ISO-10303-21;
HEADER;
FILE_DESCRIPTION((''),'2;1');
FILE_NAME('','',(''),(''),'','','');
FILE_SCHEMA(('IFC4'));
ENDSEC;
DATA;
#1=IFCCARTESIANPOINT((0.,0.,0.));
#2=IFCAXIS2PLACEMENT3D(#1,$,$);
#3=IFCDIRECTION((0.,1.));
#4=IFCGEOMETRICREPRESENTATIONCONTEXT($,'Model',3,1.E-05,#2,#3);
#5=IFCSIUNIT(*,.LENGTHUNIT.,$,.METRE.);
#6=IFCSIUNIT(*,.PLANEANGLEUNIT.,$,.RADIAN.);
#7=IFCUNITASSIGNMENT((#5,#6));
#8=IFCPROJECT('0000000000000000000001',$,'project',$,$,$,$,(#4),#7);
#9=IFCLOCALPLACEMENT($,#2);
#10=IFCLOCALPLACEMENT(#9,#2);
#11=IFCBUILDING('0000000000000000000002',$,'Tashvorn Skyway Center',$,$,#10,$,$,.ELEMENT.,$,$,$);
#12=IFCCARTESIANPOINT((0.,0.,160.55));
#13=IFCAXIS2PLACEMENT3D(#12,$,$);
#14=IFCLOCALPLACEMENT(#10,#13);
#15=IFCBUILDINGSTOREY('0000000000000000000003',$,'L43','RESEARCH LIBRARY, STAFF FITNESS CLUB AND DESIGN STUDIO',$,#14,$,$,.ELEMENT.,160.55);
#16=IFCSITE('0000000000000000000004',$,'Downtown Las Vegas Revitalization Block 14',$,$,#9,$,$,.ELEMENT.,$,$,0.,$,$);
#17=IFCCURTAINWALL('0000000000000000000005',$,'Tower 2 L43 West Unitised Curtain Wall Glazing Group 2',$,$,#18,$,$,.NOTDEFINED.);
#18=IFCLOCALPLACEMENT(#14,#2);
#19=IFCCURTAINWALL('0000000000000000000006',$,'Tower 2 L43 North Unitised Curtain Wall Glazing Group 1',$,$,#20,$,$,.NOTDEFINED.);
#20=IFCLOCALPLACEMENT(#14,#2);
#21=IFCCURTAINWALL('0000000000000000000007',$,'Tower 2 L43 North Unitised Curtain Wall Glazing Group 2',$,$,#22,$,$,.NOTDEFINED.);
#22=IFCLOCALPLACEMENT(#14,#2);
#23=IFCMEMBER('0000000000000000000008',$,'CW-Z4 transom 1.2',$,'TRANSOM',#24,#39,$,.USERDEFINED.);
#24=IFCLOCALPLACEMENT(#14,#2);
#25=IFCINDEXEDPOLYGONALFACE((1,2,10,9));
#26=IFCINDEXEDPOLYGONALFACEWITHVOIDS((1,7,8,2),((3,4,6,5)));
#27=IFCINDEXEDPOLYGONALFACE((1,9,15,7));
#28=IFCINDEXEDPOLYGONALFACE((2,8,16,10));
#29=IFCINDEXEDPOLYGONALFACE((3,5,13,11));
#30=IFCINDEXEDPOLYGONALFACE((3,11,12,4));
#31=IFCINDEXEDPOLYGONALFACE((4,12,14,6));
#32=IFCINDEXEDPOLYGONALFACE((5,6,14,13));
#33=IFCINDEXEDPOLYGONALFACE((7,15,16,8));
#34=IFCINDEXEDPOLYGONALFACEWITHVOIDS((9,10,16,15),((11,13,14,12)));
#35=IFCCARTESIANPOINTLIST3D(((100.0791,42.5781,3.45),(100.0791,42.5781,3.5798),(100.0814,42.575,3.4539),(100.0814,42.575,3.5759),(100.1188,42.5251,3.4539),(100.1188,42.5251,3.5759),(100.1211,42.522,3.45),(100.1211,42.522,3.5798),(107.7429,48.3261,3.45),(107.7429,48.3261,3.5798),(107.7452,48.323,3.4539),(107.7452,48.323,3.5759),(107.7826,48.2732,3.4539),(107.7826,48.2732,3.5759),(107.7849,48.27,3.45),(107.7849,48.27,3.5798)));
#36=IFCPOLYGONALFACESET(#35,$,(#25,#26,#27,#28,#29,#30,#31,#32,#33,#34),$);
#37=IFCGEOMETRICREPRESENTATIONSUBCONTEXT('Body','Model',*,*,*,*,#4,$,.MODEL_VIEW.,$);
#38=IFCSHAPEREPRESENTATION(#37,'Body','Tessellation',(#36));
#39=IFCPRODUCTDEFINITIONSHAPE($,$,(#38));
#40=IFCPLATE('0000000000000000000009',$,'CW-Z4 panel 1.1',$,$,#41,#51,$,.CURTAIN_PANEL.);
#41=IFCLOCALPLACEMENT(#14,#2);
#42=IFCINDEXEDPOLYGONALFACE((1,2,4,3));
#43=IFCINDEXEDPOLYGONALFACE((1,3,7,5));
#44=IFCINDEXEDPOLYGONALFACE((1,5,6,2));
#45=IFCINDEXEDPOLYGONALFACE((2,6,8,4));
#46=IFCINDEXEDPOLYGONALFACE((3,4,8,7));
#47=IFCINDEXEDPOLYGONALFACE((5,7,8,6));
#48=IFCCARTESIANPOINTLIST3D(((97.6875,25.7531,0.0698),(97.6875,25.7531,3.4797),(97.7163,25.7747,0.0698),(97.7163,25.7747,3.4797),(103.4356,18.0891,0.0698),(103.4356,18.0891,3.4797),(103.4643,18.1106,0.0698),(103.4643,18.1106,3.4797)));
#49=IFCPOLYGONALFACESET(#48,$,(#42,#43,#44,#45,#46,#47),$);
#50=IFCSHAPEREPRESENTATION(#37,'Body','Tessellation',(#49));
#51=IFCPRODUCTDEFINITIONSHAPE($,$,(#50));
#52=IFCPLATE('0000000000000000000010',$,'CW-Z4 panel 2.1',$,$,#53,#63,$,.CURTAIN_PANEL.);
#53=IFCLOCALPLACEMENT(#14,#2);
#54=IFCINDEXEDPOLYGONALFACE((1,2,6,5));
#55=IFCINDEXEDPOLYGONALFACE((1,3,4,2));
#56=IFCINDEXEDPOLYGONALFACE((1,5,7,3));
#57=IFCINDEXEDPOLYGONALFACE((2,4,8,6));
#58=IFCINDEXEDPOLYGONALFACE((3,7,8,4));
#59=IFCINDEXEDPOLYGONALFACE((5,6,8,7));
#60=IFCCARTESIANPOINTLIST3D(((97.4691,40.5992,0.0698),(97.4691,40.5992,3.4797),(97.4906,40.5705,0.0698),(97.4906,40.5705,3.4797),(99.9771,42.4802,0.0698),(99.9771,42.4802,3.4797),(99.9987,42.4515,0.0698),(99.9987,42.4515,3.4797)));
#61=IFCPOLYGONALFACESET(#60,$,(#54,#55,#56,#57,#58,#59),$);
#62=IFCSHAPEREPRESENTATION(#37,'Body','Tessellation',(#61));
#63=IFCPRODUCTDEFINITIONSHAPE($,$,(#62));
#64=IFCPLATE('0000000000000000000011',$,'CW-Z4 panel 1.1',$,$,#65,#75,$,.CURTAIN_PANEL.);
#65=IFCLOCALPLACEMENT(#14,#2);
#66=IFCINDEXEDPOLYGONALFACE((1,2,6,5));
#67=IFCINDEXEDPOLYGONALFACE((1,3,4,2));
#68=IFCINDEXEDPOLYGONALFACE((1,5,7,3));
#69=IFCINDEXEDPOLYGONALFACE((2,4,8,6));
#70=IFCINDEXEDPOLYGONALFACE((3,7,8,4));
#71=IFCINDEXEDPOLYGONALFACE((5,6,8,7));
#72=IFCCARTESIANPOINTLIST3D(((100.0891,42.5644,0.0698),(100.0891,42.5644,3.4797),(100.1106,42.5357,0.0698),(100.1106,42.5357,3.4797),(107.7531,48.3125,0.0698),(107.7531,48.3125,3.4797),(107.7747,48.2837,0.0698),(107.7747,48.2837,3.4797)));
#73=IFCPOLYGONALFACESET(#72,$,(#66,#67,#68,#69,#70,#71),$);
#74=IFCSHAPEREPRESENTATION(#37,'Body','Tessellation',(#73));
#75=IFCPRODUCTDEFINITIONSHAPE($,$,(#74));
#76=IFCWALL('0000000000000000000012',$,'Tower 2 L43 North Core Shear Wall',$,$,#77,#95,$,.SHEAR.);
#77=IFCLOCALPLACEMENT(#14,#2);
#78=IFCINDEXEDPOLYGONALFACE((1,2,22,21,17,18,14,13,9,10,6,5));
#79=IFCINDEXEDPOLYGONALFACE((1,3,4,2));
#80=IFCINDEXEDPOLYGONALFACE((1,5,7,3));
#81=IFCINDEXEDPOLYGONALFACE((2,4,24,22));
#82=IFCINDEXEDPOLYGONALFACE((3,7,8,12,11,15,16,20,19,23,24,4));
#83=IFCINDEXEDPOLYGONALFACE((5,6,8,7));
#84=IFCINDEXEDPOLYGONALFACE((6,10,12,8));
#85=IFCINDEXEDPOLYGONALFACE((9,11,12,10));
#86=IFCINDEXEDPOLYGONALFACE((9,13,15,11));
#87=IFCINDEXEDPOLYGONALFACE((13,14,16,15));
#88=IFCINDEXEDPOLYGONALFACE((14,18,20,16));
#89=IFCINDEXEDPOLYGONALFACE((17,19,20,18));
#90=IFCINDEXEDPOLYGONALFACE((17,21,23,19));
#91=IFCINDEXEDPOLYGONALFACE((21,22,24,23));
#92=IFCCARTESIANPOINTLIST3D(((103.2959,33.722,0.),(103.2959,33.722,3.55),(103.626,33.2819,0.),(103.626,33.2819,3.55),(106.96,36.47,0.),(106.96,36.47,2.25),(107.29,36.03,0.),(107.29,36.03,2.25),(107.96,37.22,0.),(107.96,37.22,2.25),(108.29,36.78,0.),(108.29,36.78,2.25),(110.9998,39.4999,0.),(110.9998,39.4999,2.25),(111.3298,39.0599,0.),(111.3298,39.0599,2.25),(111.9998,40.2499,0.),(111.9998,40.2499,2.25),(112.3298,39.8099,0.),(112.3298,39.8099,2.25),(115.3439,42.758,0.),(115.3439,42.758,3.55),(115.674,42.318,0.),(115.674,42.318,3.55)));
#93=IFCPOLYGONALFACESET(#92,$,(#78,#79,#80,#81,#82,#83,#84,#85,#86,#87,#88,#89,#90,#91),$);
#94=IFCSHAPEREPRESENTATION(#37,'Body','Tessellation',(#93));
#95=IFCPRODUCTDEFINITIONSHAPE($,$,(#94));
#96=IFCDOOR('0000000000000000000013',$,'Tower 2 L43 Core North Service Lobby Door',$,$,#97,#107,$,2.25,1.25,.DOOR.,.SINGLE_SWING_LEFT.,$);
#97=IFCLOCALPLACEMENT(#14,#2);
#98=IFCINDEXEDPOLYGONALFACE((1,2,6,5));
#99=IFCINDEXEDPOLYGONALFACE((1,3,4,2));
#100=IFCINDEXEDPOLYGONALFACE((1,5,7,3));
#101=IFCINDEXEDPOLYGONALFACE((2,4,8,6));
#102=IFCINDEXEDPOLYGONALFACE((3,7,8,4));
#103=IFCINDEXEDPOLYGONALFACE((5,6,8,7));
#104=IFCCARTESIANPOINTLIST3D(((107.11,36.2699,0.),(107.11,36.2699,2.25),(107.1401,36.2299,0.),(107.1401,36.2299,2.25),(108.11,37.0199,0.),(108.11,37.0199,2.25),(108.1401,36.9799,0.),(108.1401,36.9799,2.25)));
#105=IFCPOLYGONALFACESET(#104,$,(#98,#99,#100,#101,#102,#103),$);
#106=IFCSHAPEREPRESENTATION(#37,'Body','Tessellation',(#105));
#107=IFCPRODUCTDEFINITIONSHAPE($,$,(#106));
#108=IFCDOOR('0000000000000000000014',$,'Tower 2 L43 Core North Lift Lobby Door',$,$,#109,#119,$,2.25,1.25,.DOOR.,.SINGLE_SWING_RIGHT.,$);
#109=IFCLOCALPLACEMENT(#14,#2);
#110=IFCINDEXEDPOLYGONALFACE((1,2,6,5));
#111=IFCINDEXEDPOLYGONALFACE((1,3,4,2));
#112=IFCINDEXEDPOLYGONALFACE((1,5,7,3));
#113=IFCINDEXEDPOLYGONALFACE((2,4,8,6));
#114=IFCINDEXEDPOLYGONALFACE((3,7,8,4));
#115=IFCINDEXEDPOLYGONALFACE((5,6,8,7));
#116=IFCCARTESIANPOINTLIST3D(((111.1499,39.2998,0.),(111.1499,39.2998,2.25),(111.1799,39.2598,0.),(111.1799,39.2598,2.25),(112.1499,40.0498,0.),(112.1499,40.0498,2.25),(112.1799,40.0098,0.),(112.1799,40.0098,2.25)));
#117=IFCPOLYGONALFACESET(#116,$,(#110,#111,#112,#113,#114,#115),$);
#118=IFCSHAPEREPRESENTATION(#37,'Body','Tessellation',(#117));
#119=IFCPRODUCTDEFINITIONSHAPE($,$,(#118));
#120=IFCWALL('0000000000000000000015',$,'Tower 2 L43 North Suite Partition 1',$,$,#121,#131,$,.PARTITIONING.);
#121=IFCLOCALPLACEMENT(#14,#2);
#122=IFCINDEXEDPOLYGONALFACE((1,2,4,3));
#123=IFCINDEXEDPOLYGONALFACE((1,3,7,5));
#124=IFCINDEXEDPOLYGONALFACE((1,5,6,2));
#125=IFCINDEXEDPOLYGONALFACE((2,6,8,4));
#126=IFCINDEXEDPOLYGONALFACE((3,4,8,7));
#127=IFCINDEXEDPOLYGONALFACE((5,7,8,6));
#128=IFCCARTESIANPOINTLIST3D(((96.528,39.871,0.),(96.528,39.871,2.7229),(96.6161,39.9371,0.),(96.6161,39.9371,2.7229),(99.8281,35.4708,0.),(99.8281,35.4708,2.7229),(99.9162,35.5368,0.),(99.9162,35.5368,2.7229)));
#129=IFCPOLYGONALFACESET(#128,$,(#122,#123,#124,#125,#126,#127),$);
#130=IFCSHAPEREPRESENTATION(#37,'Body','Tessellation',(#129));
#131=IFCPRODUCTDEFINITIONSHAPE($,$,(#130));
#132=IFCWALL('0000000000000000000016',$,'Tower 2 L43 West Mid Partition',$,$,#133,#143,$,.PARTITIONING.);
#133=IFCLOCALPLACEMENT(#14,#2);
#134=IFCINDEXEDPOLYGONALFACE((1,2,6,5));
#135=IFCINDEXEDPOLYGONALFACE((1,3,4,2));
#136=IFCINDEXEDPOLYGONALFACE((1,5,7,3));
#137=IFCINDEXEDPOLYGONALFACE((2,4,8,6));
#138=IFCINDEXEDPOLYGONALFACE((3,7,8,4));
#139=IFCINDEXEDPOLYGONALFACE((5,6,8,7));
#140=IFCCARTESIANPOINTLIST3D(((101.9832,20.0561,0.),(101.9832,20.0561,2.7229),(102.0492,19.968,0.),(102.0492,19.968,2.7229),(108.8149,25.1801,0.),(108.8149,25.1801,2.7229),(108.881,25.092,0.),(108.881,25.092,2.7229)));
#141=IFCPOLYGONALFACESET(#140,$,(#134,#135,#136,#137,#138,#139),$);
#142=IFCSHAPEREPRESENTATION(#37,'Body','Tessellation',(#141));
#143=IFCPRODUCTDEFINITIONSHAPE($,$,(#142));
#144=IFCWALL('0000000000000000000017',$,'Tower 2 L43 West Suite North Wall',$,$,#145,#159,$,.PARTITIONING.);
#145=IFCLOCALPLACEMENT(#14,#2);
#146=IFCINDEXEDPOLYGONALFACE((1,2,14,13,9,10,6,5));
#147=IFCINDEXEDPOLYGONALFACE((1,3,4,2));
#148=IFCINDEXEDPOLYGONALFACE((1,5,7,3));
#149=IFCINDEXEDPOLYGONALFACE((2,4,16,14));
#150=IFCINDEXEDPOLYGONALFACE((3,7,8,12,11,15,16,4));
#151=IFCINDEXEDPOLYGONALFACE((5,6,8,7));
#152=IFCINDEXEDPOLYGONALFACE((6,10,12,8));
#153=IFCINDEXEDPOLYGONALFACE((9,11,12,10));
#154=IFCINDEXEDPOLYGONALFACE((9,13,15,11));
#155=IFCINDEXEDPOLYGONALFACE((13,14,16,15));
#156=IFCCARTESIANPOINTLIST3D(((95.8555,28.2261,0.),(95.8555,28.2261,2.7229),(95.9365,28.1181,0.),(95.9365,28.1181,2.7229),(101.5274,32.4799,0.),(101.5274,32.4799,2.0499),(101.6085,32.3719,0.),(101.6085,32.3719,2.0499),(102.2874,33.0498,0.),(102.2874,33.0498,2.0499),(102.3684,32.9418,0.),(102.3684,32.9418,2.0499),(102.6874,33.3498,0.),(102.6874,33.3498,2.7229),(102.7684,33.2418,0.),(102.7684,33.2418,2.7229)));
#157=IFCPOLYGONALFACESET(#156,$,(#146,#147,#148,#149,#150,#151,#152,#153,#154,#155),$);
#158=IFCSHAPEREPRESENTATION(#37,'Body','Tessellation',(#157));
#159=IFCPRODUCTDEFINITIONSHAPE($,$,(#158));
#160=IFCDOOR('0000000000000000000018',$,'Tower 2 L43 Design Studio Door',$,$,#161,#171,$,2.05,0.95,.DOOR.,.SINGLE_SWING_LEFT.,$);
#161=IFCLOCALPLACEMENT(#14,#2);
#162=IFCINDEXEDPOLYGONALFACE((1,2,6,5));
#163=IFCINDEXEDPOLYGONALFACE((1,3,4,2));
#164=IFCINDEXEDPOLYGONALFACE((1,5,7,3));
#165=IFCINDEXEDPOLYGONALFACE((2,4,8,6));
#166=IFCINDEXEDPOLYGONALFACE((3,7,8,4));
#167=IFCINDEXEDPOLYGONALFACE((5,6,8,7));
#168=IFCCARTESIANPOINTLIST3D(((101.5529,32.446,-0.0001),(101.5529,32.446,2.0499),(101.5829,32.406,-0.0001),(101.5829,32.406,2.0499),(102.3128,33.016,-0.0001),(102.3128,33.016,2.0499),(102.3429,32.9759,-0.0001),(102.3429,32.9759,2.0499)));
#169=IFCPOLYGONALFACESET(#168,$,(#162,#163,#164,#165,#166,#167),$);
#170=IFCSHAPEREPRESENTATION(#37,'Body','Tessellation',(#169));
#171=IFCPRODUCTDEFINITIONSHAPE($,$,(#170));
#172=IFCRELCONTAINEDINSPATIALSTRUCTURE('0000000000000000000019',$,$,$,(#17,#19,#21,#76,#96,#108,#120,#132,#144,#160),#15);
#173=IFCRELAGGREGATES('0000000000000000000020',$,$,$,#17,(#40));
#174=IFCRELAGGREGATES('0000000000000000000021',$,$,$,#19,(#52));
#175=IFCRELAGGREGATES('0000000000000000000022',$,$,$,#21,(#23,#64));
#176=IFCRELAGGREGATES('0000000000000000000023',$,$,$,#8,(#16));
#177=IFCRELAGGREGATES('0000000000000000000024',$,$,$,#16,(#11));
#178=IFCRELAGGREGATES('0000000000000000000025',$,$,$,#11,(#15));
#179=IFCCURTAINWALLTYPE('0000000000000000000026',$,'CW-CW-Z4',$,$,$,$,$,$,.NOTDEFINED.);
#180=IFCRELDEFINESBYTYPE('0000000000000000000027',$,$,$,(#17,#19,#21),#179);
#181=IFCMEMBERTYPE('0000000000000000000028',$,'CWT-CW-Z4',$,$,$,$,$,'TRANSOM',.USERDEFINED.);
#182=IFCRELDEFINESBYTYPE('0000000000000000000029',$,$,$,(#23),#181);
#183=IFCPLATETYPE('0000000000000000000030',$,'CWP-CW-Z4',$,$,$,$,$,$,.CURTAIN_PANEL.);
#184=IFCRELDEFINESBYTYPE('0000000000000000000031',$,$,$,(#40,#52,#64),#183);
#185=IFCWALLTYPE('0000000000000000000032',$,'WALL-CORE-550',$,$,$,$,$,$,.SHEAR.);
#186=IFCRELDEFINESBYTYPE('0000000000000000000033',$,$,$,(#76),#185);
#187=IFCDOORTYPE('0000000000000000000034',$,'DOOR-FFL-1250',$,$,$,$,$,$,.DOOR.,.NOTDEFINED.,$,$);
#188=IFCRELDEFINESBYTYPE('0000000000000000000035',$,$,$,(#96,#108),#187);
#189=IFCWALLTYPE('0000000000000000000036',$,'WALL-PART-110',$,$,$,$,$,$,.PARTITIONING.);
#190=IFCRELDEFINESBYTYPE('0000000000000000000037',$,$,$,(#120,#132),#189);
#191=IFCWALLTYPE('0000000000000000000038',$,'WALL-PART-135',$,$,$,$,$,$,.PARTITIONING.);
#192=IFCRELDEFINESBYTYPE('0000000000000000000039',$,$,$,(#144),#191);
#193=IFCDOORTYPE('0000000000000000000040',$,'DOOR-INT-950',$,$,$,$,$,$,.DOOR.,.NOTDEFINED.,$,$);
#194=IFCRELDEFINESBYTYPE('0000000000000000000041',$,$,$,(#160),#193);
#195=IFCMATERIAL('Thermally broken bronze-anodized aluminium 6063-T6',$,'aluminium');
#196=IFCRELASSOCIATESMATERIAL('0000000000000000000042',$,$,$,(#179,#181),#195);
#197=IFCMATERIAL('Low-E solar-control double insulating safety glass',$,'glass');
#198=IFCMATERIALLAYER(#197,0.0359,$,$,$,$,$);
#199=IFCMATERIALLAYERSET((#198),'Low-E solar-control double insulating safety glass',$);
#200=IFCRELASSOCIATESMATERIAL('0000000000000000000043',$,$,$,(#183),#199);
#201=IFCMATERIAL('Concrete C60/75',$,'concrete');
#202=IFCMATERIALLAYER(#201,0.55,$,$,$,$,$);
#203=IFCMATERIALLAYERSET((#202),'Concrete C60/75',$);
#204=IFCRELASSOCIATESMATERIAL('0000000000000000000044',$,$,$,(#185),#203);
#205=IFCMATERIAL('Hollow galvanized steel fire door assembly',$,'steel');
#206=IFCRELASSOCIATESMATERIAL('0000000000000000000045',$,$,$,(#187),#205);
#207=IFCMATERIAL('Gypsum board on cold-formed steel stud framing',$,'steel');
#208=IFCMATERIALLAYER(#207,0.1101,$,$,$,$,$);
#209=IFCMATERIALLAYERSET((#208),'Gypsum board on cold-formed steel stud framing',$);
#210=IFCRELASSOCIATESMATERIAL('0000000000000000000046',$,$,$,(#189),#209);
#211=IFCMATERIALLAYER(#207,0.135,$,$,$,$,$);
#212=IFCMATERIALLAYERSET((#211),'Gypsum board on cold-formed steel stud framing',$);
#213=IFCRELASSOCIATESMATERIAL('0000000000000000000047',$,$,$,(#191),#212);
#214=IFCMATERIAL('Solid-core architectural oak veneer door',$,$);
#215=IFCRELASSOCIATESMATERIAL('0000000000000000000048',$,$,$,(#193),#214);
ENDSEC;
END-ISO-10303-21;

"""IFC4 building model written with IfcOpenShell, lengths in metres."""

from ifc_helpers import new_model, si_unit, direction, frame, frame_2d, origin, origin_2d, place, context, subcontext, project, spatial, rectangle, hollow_rectangle, extrude, material, layer, layer_set, material_profile, profile_set, type_object, element, fill, aggregate, save


model = new_model("IFC4")

# Units and contexts
model_context = context("Model", 3, precision=1e-05, world=origin(), true_north=direction((0.0, 1.0)))
body_context = subcontext(model_context, "Body", "Model", "MODEL_VIEW")
ifc_project = project(units=[si_unit("LENGTHUNIT", "METRE"), si_unit("PLANEANGLEUNIT", "RADIAN")], contexts=[model_context])

# Site, building, storey
site_placement = place(None, origin())
site = spatial("IfcSite", under=ifc_project, at=site_placement, Name="Downtown Las Vegas Revitalization Block 14", CompositionType="ELEMENT", RefElevation=0.0)
building_placement = place(site_placement, origin())
building = spatial("IfcBuilding", under=site, at=building_placement, Name="Tashvorn Skyway Center", CompositionType="ELEMENT")
storey_placement = place(building_placement, frame((0.0, 0.0, 160.55)))
storey = spatial("IfcBuildingStorey", under=building, at=storey_placement, Name="L43", Description="RESEARCH LIBRARY, STAFF FITNESS CLUB AND DESIGN STUDIO", CompositionType="ELEMENT", Elevation=160.55)

# Shared definitions
ifc_material_1 = material(Name="Thermally broken bronze-anodized aluminium 6063-T6", Category="aluminium")
curtain_wall_type = type_object("IfcCurtainWallType", Name="CW-CW-Z4", PredefinedType="NOTDEFINED", material=ifc_material_1)

# Curtain wall
curtain_wall_1_placement = place(storey_placement, origin())
curtain_wall_1 = element("IfcCurtainWall", 1, at=curtain_wall_1_placement, inside=storey, type_object=curtain_wall_type, Name="Tower 2 L43 West Unitised Curtain Wall Glazing Group 2", PredefinedType="NOTDEFINED")

# Curtain wall
curtain_wall_2_placement = place(storey_placement, origin())
curtain_wall_2 = element("IfcCurtainWall", 2, at=curtain_wall_2_placement, inside=storey, type_object=curtain_wall_type, Name="Tower 2 L43 North Unitised Curtain Wall Glazing Group 1", PredefinedType="NOTDEFINED")

# Curtain wall
curtain_wall_3_placement = place(storey_placement, origin())
curtain_wall_3 = element("IfcCurtainWall", 3, at=curtain_wall_3_placement, inside=storey, type_object=curtain_wall_type, Name="Tower 2 L43 North Unitised Curtain Wall Glazing Group 2", PredefinedType="NOTDEFINED")

# Member
ifc_material_profile_1 = material_profile(ifc_material_1, hollow_rectangle(XDim=0.0701, YDim=0.1299, WallThickness=0.0039, at=origin_2d()), Name="ALU-TRAN-70x130")
ifc_profile_set_1 = profile_set([ifc_material_profile_1], Name="Thermally broken bronze-anodized aluminium 6063-T6")
member_type_1 = type_object("IfcMemberType", Name="CWT-CW-Z4", ElementType="TRANSOM", PredefinedType="USERDEFINED", material=ifc_profile_set_1)
member_1_placement = place(storey_placement, frame((100.1001, 42.55, 3.5149), z_axis=(0.799991, 0.600012, 0.0), x_axis=(-0.600012, 0.799991, 0.0)))
member_1 = element("IfcMember", 4, at=member_1_placement, type_object=member_type_1, Name="CW-Z4 transom 1.2", ObjectType="TRANSOM", PredefinedType="USERDEFINED", context=body_context, shape_type="SweptSolid", body=[
    extrude(hollow_rectangle(XDim=0.0701, YDim=0.1299, WallThickness=0.0039, at=origin_2d()), origin(), (0.0, 0.0, 1.0), 9.5798),
])

# Plates
ifc_material_2 = material(Name="Low-E solar-control double insulating safety glass", Category="glass")
ifc_layer_1 = layer(ifc_material_2, 0.0359)
ifc_layer_set_1 = layer_set([ifc_layer_1], Name="Low-E solar-control double insulating safety glass")
plate_type = type_object("IfcPlateType", Name="CWP-CW-Z4", PredefinedType="CURTAIN_PANEL", material=ifc_layer_set_1)
plate_1_placement = place(storey_placement, frame((100.5759, 21.9319, 0.0698), z_axis=(0.0, 0.0, 1.0), x_axis=(-0.6, 0.8, 0.0)))
plate_1 = element("IfcPlate", 5, at=plate_1_placement, type_object=plate_type, Name="CW-Z4 panel 1.1", PredefinedType="CURTAIN_PANEL", context=body_context, shape_type="SweptSolid", body=[
    extrude(rectangle(XDim=9.5801, YDim=0.0359, at=origin_2d()), origin(), (0.0, 0.0, 1.0), 3.4099),
])
aggregate(curtain_wall_1, [plate_1])
plate_2_placement = place(storey_placement, frame((98.7339, 41.5254, 0.0698), z_axis=(0.0, 0.0, 1.0), x_axis=(0.8, 0.6, 0.0)))
plate_2 = element("IfcPlate", 6, at=plate_2_placement, type_object=plate_type, Name="CW-Z4 panel 2.1", PredefinedType="CURTAIN_PANEL", context=body_context, shape_type="SweptSolid", body=[
    extrude(rectangle(XDim=3.135, YDim=0.0359, at=origin_2d()), origin(), (0.0, 0.0, 1.0), 3.4099),
])
aggregate(curtain_wall_2, [plate_2])
plate_3_placement = place(storey_placement, frame((103.9319, 45.4241, 0.0698), z_axis=(0.0, 0.0, 1.0), x_axis=(0.8, 0.6, 0.0)))
plate_3 = element("IfcPlate", 7, at=plate_3_placement, type_object=plate_type, Name="CW-Z4 panel 1.1", PredefinedType="CURTAIN_PANEL", context=body_context, shape_type="SweptSolid", body=[
    extrude(rectangle(XDim=9.5801, YDim=0.0359, at=origin_2d()), origin(), (0.0, 0.0, 1.0), 3.4099),
])
aggregate(curtain_wall_3, [member_1, plate_3])

# Wall, openings, doors
ifc_material_3 = material(Name="Concrete C60/75", Category="concrete")
ifc_layer_2 = layer(ifc_material_3, 0.55)
ifc_layer_set_2 = layer_set([ifc_layer_2], Name="Concrete C60/75")
wall_type_1 = type_object("IfcWallType", Name="WALL-CORE-550", PredefinedType="SHEAR", material=ifc_layer_set_2)
wall_1_placement = place(storey_placement, frame((103.4609, 33.502, 0.0), z_axis=(0.0, 0.0, 1.0), x_axis=(0.799998, 0.600003, 0.0)))
wall_1 = element("IfcWall", 8, at=wall_1_placement, inside=storey, type_object=wall_type_1, Name="Tower 2 L43 North Core Shear Wall", PredefinedType="SHEAR", context=body_context, shape_type="SweptSolid", body=[
    extrude(rectangle(XDim=15.0601, YDim=0.55, at=frame_2d((7.53, 0.0))), origin(), (0.0, 0.0, 1.0), 3.55),
])
opening_1_placement = place(wall_1_placement, frame((4.5801, 0.0, 0.0)))
opening_1 = element("IfcOpeningElement", 9, at=opening_1_placement, cuts=wall_1, PredefinedType="OPENING", context=body_context, shape_type="SweptSolid", body=[
    extrude(rectangle(XDim=1.25, YDim=2.25, at=frame_2d((0.625, 1.125))), frame((0.0, 0.2849, 0.0), z_axis=(0.0, -1.0, 0.0), x_axis=(1.0, 0.0, 0.0)), (0.0, 0.0, 1.0), 0.5701),
])
opening_2_placement = place(wall_1_placement, frame((9.6299, 0.0, 0.0)))
opening_2 = element("IfcOpeningElement", 10, at=opening_2_placement, cuts=wall_1, PredefinedType="OPENING", context=body_context, shape_type="SweptSolid", body=[
    extrude(rectangle(XDim=1.25, YDim=2.25, at=frame_2d((0.625, 1.125))), frame((0.0, 0.2849, 0.0), z_axis=(0.0, -1.0, 0.0), x_axis=(1.0, 0.0, 0.0)), (0.0, 0.0, 1.0), 0.5701),
])
ifc_material_4 = material(Name="Hollow galvanized steel fire door assembly", Category="steel")
door_type_1 = type_object("IfcDoorType", Name="DOOR-FFL-1250", OperationType="NOTDEFINED", PredefinedType="DOOR", material=ifc_material_4)
door_1_placement = place(opening_1_placement, origin())
door_1 = element("IfcDoor", 11, at=door_1_placement, inside=storey, type_object=door_type_1, Name="Tower 2 L43 Core North Service Lobby Door", OperationType="SINGLE_SWING_LEFT", OverallHeight=2.25, OverallWidth=1.25, PredefinedType="DOOR", context=body_context, shape_type="SweptSolid", body=[
    extrude(rectangle(XDim=1.25, YDim=2.25, at=frame_2d((0.625, 1.125))), frame((0.0, 0.0249, 0.0), z_axis=(0.0, -1.0, 0.0), x_axis=(1.0, 0.0, 0.0)), (0.0, 0.0, 1.0), 0.05),
])
fill(opening_1, door_1)
door_2_placement = place(opening_2_placement, origin())
door_2 = element("IfcDoor", 12, at=door_2_placement, inside=storey, type_object=door_type_1, Name="Tower 2 L43 Core North Lift Lobby Door", OperationType="SINGLE_SWING_RIGHT", OverallHeight=2.25, OverallWidth=1.25, PredefinedType="DOOR", context=body_context, shape_type="SweptSolid", body=[
    extrude(rectangle(XDim=1.25, YDim=2.25, at=frame_2d((0.625, 1.125))), frame((0.0, 0.0249, 0.0), z_axis=(0.0, -1.0, 0.0), x_axis=(1.0, 0.0, 0.0)), (0.0, 0.0, 1.0), 0.05),
])
fill(opening_2, door_2)

# Walls
ifc_material_5 = material(Name="Gypsum board on cold-formed steel stud framing", Category="steel")
ifc_layer_3 = layer(ifc_material_5, 0.1101)
ifc_layer_set_3 = layer_set([ifc_layer_3], Name="Gypsum board on cold-formed steel stud framing")
wall_type_2 = type_object("IfcWallType", Name="WALL-PART-110", PredefinedType="PARTITIONING", material=ifc_layer_set_3)
wall_2_placement = place(storey_placement, frame((99.8721, 35.5039, 0.0), z_axis=(0.0, 0.0, 1.0), x_axis=(-0.599993, 0.800005, 0.0)))
element("IfcWall", 13, at=wall_2_placement, inside=storey, type_object=wall_type_2, Name="Tower 2 L43 North Suite Partition 1", PredefinedType="PARTITIONING", context=body_context, shape_type="SweptSolid", body=[
    extrude(rectangle(XDim=5.5002, YDim=0.1101, at=frame_2d((2.75, 0.0))), origin(), (0.0, 0.0, 1.0), 2.7229),
])
wall_3_placement = place(storey_placement, frame((102.0161, 20.012, 0.0), z_axis=(0.0, 0.0, 1.0), x_axis=(0.79999, 0.600014, 0.0)))
element("IfcWall", 14, at=wall_3_placement, inside=storey, type_object=wall_type_2, Name="Tower 2 L43 West Mid Partition", PredefinedType="PARTITIONING", context=body_context, shape_type="SweptSolid", body=[
    extrude(rectangle(XDim=8.5398, YDim=0.1101, at=frame_2d((4.27, 0.0))), origin(), (0.0, 0.0, 1.0), 2.7229),
])

# Wall, opening, door
ifc_layer_4 = layer(ifc_material_5, 0.135)
ifc_layer_set_4 = layer_set([ifc_layer_4], Name="Gypsum board on cold-formed steel stud framing")
wall_type_3 = type_object("IfcWallType", Name="WALL-PART-135", PredefinedType="PARTITIONING", material=ifc_layer_set_4)
wall_4_placement = place(storey_placement, frame((102.728, 33.2959, 0.0), z_axis=(0.0, 0.0, 1.0), x_axis=(-0.800014, -0.599982, 0.0)))
wall_4 = element("IfcWall", 15, at=wall_4_placement, inside=storey, type_object=wall_type_3, Name="Tower 2 L43 West Suite North Wall", PredefinedType="PARTITIONING", context=body_context, shape_type="SweptSolid", body=[
    extrude(rectangle(XDim=8.5398, YDim=0.135, at=frame_2d((4.27, 0.0))), origin(), (0.0, 0.0, 1.0), 2.7229),
])
opening_3_placement = place(wall_4_placement, frame((0.5, 0.0, 0.0)))
opening_3 = element("IfcOpeningElement", 16, at=opening_3_placement, cuts=wall_4, PredefinedType="OPENING", context=body_context, shape_type="SweptSolid", body=[
    extrude(rectangle(XDim=0.95, YDim=2.05, at=frame_2d((0.4751, 1.0249))), frame((0.0, 0.0774, 0.0), z_axis=(0.0, -1.0, 0.0), x_axis=(1.0, 0.0, 0.0)), (0.0, 0.0, 1.0), 0.155),
])
ifc_material_6 = material(Name="Solid-core architectural oak veneer door")
door_type_2 = type_object("IfcDoorType", Name="DOOR-INT-950", OperationType="NOTDEFINED", PredefinedType="DOOR", material=ifc_material_6)
door_3_placement = place(opening_3_placement, origin())
door_3 = element("IfcDoor", 17, at=door_3_placement, inside=storey, type_object=door_type_2, Name="Tower 2 L43 Design Studio Door", OperationType="SINGLE_SWING_LEFT", OverallHeight=2.05, OverallWidth=0.95, PredefinedType="DOOR", context=body_context, shape_type="SweptSolid", body=[
    extrude(rectangle(XDim=0.95, YDim=2.05, at=frame_2d((0.4751, 1.0249))), frame((0.0, 0.0249, 0.0), z_axis=(0.0, -1.0, 0.0), x_axis=(1.0, 0.0, 0.0)), (0.0, 0.0, 1.0), 0.05),
])
fill(opening_3, door_3)

save(model, "model.ifc")
